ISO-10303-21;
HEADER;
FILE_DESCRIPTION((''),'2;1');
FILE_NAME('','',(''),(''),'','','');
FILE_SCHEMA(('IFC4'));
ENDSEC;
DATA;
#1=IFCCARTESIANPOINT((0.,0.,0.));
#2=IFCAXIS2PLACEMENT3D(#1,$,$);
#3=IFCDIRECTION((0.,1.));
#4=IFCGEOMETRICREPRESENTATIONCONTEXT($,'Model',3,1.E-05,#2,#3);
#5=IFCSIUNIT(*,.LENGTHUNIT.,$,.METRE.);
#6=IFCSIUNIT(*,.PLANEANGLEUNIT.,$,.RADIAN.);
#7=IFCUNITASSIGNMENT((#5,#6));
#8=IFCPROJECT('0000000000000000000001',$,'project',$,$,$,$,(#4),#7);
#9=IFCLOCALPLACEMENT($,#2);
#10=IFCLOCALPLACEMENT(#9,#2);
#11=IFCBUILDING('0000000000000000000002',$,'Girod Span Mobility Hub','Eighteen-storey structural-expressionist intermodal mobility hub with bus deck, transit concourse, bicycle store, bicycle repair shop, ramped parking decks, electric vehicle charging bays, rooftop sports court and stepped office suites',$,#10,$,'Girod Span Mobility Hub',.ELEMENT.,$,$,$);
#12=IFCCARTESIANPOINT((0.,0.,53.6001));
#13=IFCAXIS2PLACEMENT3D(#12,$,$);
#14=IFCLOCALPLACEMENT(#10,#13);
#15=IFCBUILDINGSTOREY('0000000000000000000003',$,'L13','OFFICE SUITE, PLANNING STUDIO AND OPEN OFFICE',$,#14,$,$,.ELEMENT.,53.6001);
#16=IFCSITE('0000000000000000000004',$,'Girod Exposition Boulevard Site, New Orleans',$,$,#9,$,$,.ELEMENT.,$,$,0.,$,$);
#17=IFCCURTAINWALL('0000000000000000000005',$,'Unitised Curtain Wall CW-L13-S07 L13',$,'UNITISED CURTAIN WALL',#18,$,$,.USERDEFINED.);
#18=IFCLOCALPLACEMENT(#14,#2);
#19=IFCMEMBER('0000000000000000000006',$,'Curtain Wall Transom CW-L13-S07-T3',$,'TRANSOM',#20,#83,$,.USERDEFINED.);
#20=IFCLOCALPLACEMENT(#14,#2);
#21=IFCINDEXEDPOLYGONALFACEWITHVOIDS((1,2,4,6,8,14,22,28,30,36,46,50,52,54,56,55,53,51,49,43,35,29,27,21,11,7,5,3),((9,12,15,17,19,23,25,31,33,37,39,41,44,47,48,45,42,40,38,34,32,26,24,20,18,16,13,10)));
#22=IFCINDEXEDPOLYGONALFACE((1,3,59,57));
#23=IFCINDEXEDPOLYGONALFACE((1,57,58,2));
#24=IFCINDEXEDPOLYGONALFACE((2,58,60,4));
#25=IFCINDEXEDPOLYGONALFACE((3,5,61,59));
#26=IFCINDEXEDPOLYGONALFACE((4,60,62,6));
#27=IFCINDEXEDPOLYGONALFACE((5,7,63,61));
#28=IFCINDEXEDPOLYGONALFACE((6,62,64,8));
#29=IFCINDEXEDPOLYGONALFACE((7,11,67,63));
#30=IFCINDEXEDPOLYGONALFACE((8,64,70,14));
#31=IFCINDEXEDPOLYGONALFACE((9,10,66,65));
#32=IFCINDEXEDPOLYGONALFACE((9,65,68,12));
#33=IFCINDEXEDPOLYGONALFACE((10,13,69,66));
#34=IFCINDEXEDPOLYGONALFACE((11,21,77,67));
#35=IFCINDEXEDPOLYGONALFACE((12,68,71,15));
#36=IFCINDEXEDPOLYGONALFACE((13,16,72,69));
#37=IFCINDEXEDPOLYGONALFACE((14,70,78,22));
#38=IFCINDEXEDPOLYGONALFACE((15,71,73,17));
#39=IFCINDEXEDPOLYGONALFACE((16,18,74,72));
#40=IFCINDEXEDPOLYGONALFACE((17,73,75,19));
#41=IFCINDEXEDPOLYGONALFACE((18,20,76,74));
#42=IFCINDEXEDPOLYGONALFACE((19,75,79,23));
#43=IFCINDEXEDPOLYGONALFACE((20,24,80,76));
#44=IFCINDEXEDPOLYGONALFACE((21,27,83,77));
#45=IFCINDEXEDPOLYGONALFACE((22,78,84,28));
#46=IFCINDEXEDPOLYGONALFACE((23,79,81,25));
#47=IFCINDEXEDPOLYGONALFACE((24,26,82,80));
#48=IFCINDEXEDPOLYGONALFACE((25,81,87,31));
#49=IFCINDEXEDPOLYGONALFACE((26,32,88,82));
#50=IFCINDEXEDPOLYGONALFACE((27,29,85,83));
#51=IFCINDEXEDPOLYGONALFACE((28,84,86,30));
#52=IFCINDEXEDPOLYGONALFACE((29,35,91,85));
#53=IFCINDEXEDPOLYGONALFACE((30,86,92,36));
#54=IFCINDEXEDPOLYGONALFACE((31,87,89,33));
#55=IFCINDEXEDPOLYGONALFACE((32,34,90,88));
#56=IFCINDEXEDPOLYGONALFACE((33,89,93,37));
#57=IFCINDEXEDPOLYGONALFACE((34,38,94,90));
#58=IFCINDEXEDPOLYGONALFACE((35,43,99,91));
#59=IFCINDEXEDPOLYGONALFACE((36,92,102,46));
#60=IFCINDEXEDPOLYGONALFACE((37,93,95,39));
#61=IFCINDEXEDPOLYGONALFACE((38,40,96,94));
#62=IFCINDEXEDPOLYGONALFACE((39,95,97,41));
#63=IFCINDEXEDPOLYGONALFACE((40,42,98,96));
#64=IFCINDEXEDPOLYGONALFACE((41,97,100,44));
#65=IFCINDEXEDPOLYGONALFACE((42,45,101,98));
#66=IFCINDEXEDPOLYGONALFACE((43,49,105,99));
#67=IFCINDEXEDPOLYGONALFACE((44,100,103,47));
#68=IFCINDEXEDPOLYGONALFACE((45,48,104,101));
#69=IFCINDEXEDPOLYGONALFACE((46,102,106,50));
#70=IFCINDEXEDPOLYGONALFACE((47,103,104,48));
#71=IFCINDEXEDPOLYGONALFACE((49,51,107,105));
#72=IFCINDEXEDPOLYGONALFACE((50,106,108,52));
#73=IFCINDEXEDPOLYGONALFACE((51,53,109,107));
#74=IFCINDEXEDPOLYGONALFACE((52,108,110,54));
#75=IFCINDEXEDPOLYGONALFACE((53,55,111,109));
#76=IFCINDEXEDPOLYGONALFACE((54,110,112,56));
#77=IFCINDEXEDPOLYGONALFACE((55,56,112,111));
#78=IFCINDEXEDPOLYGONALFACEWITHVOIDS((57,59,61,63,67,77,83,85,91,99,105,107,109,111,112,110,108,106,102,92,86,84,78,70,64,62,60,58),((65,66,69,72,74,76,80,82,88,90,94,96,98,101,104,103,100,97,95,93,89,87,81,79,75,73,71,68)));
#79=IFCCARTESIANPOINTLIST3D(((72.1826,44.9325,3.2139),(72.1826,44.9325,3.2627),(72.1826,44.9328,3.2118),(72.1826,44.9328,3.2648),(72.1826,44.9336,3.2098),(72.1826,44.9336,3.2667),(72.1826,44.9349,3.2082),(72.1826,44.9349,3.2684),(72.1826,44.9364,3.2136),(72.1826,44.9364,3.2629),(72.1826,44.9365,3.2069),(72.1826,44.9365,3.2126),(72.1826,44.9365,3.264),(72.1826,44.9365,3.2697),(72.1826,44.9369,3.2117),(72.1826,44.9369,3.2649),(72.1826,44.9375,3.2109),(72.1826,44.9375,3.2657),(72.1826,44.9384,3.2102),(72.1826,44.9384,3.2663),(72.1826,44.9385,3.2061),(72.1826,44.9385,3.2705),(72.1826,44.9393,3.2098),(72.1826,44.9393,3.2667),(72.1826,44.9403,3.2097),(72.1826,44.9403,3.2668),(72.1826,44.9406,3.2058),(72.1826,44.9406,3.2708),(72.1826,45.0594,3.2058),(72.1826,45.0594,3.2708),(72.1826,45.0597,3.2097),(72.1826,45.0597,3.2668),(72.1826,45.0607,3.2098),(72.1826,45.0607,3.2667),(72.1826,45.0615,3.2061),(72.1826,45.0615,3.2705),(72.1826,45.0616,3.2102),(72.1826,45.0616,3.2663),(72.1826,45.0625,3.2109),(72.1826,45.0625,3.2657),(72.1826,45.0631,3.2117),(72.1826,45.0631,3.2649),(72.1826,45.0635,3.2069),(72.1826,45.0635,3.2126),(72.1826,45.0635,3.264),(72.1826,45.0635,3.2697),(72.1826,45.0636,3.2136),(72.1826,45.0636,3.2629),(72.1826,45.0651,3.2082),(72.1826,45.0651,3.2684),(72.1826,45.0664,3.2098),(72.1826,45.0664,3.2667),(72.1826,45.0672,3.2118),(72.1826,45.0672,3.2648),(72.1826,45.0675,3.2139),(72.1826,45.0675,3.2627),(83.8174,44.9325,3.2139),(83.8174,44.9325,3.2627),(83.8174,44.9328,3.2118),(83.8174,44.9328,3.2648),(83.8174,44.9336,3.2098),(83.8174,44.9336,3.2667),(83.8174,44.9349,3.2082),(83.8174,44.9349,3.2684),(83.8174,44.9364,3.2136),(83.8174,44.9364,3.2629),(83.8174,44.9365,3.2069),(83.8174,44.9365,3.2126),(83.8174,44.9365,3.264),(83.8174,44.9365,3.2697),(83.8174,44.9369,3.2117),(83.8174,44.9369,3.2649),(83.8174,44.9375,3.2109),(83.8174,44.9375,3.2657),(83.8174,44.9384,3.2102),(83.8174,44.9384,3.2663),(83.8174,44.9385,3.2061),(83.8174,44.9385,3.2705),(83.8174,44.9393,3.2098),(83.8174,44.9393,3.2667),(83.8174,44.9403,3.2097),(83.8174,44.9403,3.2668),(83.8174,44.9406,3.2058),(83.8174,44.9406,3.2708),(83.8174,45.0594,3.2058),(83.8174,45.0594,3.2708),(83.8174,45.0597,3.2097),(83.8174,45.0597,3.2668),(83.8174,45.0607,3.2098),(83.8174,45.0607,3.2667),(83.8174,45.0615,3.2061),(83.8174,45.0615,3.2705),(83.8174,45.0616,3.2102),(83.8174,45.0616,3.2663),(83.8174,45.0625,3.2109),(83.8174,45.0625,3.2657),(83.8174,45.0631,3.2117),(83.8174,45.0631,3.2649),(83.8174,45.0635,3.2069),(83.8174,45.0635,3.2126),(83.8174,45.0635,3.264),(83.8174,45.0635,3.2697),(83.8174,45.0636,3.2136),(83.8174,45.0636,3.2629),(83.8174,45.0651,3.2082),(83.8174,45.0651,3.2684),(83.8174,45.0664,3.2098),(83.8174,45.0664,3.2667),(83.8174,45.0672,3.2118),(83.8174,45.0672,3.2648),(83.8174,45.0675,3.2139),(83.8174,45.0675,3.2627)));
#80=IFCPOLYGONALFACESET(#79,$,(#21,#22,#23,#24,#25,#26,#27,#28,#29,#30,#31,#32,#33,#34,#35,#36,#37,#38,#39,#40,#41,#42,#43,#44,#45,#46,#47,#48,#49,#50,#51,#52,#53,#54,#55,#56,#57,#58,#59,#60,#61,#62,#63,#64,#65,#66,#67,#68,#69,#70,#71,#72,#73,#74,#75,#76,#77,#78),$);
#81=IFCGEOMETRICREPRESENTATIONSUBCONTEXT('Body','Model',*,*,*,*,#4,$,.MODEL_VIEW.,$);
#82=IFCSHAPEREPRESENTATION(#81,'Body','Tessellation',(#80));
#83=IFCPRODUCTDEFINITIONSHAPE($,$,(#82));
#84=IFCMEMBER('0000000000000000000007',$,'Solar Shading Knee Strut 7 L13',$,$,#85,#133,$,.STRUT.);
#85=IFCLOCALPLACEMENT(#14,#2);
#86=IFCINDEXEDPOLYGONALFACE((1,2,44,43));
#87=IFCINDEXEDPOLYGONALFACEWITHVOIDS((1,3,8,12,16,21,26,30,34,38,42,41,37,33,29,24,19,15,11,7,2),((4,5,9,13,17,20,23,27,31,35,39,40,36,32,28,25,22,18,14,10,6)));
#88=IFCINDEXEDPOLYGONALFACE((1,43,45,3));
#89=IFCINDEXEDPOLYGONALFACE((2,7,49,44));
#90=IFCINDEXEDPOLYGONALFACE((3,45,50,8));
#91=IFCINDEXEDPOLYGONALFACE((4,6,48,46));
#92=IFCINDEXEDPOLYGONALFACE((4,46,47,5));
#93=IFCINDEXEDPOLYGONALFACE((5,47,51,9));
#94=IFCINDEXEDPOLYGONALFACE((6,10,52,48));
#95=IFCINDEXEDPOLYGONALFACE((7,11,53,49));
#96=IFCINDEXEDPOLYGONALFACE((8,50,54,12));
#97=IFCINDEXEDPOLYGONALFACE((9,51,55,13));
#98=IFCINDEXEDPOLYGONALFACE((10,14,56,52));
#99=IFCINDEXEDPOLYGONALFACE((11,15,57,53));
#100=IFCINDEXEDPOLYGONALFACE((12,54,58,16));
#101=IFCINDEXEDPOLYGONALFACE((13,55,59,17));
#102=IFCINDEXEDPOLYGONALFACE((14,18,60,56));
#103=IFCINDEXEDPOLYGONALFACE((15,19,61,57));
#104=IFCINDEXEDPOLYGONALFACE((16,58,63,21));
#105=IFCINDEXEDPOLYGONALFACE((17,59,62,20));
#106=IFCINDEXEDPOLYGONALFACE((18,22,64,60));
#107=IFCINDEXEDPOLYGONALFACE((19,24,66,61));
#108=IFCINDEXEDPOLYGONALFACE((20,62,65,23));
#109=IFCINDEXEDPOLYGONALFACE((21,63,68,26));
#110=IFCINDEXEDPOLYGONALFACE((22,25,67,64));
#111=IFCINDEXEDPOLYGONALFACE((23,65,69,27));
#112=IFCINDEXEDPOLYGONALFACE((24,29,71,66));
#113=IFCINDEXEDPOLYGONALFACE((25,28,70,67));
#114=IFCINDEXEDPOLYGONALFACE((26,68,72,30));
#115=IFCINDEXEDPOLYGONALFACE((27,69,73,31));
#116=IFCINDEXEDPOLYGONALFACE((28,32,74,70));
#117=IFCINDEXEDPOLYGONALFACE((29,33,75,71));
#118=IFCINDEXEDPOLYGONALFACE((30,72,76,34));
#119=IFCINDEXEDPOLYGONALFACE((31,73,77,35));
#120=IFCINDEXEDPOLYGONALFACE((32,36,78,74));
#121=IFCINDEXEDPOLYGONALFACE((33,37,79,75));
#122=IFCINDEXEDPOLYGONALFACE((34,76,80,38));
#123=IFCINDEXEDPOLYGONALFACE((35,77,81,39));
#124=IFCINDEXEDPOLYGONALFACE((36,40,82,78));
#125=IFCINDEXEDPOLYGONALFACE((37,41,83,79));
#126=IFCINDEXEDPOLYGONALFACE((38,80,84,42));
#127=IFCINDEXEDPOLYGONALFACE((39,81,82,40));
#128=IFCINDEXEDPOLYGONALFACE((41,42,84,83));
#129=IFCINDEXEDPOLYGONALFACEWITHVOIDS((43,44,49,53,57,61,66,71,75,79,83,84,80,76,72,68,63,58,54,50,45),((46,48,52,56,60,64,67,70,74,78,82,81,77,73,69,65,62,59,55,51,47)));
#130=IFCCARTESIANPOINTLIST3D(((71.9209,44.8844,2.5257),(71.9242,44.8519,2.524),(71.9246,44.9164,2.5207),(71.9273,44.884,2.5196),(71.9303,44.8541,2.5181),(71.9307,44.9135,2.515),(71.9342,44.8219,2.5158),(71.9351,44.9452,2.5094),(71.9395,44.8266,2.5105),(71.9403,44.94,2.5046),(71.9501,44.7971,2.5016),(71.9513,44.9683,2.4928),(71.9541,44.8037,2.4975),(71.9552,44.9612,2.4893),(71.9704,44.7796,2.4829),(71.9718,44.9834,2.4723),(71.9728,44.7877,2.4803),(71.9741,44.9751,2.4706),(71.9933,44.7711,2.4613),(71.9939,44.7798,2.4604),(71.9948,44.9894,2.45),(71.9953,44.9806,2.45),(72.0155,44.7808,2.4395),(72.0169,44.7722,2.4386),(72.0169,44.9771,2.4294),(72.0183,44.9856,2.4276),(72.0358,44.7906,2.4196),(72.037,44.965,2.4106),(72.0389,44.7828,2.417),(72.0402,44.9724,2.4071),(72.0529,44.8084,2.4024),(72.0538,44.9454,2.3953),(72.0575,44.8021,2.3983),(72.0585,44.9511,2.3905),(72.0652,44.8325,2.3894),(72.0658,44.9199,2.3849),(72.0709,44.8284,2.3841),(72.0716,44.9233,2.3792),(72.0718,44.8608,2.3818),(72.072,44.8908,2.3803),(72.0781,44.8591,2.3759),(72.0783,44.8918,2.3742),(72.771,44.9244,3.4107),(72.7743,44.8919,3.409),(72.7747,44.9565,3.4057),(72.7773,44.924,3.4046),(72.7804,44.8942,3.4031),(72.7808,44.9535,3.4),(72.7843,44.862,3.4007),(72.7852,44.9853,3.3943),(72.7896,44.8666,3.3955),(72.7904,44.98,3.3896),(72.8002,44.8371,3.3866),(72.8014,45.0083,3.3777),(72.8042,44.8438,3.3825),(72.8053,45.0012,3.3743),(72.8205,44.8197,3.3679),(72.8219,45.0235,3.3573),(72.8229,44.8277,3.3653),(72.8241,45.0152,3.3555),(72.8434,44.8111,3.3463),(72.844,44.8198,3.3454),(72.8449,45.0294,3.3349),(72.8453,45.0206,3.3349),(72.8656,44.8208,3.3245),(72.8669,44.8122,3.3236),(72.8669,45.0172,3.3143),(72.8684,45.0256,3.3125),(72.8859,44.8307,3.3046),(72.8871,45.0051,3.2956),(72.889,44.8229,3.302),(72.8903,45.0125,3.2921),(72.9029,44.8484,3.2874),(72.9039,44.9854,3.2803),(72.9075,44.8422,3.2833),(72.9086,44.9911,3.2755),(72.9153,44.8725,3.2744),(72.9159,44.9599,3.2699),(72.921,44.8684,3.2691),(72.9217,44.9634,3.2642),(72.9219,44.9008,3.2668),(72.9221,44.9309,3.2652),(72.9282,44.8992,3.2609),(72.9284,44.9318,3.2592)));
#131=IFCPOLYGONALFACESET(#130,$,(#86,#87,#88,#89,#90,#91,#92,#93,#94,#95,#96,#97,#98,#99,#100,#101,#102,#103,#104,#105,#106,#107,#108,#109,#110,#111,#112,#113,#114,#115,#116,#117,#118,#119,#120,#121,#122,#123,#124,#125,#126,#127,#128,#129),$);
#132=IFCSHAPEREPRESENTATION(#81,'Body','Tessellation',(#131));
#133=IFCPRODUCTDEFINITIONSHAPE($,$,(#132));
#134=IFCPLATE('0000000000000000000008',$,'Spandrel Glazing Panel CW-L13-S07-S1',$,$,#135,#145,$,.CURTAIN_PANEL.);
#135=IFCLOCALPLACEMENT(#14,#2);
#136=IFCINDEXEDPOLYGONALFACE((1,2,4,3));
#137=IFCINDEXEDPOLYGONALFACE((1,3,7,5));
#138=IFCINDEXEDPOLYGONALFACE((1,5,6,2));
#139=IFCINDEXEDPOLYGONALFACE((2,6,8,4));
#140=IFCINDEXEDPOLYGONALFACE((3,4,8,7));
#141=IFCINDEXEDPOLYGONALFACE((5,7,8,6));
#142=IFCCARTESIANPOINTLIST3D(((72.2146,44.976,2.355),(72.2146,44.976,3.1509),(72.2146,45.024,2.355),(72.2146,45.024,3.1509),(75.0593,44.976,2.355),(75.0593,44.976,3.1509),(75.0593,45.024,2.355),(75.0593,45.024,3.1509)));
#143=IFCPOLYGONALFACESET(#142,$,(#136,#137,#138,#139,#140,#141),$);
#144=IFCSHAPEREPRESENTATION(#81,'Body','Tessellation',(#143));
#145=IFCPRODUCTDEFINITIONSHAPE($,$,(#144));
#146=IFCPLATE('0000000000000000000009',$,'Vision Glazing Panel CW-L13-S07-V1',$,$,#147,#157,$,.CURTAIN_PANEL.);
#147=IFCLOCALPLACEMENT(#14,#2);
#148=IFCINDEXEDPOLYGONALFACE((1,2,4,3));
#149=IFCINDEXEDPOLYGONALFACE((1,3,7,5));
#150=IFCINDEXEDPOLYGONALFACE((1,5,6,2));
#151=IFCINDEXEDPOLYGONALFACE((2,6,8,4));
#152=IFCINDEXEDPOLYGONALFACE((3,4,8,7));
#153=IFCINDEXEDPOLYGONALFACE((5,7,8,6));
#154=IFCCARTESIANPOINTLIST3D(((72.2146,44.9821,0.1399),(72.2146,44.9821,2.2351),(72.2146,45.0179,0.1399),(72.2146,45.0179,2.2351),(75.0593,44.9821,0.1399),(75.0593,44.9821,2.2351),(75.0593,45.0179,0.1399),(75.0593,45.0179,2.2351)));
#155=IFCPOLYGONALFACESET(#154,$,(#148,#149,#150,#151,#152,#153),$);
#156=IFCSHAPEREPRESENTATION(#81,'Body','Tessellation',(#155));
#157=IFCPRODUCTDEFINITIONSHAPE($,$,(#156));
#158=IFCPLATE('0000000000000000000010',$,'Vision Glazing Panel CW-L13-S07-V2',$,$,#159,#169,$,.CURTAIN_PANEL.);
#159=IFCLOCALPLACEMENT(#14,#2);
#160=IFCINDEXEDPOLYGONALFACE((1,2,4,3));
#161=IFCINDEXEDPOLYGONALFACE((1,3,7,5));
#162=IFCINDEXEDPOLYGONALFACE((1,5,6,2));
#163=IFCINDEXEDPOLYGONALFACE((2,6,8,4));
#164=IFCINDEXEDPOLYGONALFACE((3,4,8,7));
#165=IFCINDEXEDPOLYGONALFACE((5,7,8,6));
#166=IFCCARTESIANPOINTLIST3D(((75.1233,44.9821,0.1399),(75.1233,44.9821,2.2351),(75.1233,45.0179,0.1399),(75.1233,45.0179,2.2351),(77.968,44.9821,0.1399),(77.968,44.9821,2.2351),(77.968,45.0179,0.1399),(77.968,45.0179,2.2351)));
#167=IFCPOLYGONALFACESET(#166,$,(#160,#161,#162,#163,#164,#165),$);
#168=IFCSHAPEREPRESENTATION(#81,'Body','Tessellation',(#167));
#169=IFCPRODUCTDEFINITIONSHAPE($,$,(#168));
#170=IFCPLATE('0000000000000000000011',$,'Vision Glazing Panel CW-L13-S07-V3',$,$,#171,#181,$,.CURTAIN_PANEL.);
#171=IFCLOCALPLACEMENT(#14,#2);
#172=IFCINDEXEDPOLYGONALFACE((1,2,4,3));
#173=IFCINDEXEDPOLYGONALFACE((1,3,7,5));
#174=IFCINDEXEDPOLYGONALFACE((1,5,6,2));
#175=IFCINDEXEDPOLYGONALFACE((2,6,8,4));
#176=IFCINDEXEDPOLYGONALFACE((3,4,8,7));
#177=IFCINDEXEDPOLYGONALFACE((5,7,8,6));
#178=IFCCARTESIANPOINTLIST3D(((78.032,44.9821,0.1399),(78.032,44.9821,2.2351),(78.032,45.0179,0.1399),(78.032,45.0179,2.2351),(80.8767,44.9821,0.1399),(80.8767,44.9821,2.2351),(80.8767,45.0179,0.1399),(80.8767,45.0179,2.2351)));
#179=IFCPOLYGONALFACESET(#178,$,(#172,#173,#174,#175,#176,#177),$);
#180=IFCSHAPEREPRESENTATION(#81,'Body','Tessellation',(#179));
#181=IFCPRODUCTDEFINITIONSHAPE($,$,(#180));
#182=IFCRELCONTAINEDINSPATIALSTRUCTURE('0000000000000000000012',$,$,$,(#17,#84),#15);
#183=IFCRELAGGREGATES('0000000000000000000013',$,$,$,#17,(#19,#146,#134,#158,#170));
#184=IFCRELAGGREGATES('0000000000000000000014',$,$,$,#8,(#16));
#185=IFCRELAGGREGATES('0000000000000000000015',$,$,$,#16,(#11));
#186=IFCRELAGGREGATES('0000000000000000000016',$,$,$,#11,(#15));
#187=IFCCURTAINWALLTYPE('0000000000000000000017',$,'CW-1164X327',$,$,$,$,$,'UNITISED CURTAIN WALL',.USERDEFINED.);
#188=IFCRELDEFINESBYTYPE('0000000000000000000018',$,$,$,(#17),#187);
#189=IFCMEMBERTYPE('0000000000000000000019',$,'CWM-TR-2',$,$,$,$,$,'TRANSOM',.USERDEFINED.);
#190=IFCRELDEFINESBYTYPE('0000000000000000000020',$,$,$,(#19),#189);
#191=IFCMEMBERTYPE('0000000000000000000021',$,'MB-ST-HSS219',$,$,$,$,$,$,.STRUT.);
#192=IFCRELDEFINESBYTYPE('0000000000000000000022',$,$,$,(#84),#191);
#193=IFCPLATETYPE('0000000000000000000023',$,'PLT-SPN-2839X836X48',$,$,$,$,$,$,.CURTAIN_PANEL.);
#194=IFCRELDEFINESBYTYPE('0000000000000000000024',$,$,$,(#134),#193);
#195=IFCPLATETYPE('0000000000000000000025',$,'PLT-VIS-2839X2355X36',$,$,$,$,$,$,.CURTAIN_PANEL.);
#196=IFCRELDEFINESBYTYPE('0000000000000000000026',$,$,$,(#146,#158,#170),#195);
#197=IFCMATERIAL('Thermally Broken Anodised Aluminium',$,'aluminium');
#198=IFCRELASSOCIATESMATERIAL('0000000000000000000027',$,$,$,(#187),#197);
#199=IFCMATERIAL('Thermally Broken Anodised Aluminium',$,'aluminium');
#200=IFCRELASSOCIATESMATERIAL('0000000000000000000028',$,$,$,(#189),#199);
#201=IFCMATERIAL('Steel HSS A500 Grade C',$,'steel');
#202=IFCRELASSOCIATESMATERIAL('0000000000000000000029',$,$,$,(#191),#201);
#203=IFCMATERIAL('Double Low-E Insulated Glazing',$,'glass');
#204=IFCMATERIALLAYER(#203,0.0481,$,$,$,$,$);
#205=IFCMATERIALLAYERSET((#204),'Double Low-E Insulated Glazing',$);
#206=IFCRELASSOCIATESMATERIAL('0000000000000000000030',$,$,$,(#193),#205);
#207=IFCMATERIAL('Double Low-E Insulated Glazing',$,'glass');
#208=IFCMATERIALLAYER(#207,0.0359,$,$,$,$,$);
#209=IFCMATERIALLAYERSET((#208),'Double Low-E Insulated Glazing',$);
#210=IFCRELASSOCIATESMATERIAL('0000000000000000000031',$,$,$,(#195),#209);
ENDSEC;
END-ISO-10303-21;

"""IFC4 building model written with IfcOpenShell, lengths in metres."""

from ifc_helpers import new_model, si_unit, direction, frame, origin, origin_2d, place, context, subcontext, project, spatial, rectangle, hollow_rectangle, hollow_circle, extrude, material, layer, layer_set, material_profile, profile_set, type_object, element, aggregate, save


model = new_model("IFC4")

# Units and contexts
model_context = context("Model", 3, precision=1e-05, world=origin(), true_north=direction((0.0, 1.0)))
body_context = subcontext(model_context, "Body", "Model", "MODEL_VIEW")
ifc_project = project(units=[si_unit("LENGTHUNIT", "METRE"), si_unit("PLANEANGLEUNIT", "RADIAN")], contexts=[model_context])

# Site, building, storey
site_placement = place(None, origin())
site = spatial("IfcSite", under=ifc_project, at=site_placement, Name="Girod Exposition Boulevard Site, New Orleans", CompositionType="ELEMENT", RefElevation=0.0)
building_placement = place(site_placement, origin())
building = spatial("IfcBuilding", under=site, at=building_placement, Name="Girod Span Mobility Hub", Description="Eighteen-storey structural-expressionist intermodal mobility hub with bus deck, transit concourse, bicycle store, bicycle repair shop, ramped parking decks, electric vehicle charging bays, rooftop sports court and stepped office suites", LongName="Girod Span Mobility Hub", CompositionType="ELEMENT")
storey_placement = place(building_placement, frame((0.0, 0.0, 53.6001)))
storey = spatial("IfcBuildingStorey", under=building, at=storey_placement, Name="L13", Description="OFFICE SUITE, PLANNING STUDIO AND OPEN OFFICE", CompositionType="ELEMENT", Elevation=53.6001)

# Curtain wall, member
ifc_material_1 = material(Name="Thermally Broken Anodised Aluminium", Category="aluminium")
curtain_wall_type = type_object("IfcCurtainWallType", Name="CW-1164X327", ElementType="UNITISED CURTAIN WALL", PredefinedType="USERDEFINED", material=ifc_material_1)
curtain_wall_placement = place(storey_placement, origin())
curtain_wall = element("IfcCurtainWall", 1, at=curtain_wall_placement, inside=storey, type_object=curtain_wall_type, Name="Unitised Curtain Wall CW-L13-S07 L13", ObjectType="UNITISED CURTAIN WALL", PredefinedType="USERDEFINED")
ifc_material_2 = material(Name="Thermally Broken Anodised Aluminium", Category="aluminium")
ifc_material_profile_1 = material_profile(ifc_material_2, hollow_rectangle(XDim=0.135, YDim=0.0649, WallThickness=0.0039, InnerFilletRadius=0.0039, OuterFilletRadius=0.0081, at=origin_2d()), Name="CW-TR-65X135")
ifc_profile_set_1 = profile_set([ifc_material_profile_1], Name="Thermally Broken Anodised Aluminium")
member_type_1 = type_object("IfcMemberType", Name="CWM-TR-2", ElementType="TRANSOM", PredefinedType="USERDEFINED", material=ifc_profile_set_1)
member_1_placement = place(storey_placement, frame((72.1826, 45.0, 3.2383), z_axis=(1.0, 0.0, 0.0), x_axis=(0.0, 1.0, 0.0)))
member_1 = element("IfcMember", 2, at=member_1_placement, type_object=member_type_1, Name="Curtain Wall Transom CW-L13-S07-T3", ObjectType="TRANSOM", PredefinedType="USERDEFINED", context=body_context, shape_type="SweptSolid", body=[
    extrude(hollow_rectangle(XDim=0.135, YDim=0.0649, WallThickness=0.0039, InnerFilletRadius=0.0039, OuterFilletRadius=0.0081, at=origin_2d()), origin(), (0.0, 0.0, 1.0), 11.6348),
])

# Member
ifc_material_3 = material(Name="Steel HSS A500 Grade C", Category="steel")
ifc_material_profile_2 = material_profile(ifc_material_3, hollow_circle(Radius=0.1096, WallThickness=0.0088, at=origin_2d()), Name="HSS219X9.5")
ifc_profile_set_2 = profile_set([ifc_material_profile_2], Name="Steel HSS A500 Grade C")
member_type_2 = type_object("IfcMemberType", Name="MB-ST-HSS219", PredefinedType="STRUT", material=ifc_profile_set_2)
member_2_placement = place(storey_placement, frame((72.0, 44.8799, 2.45), z_axis=(0.69237, 0.03261, 0.720805), x_axis=(-0.047047, 0.998893, 0.0)))
element("IfcMember", 3, at=member_2_placement, inside=storey, type_object=member_type_2, Name="Solar Shading Knee Strut 7 L13", PredefinedType="STRUT", context=body_context, shape_type="SweptSolid", body=[
    extrude(hollow_circle(Radius=0.1096, WallThickness=0.0088, at=origin_2d()), origin(), (0.0, 0.0, 1.0), 1.2278),
])

# Plates
ifc_material_4 = material(Name="Double Low-E Insulated Glazing", Category="glass")
ifc_layer_1 = layer(ifc_material_4, 0.0481)
ifc_layer_set_1 = layer_set([ifc_layer_1], Name="Double Low-E Insulated Glazing")
plate_type_1 = type_object("IfcPlateType", Name="PLT-SPN-2839X836X48", PredefinedType="CURTAIN_PANEL", material=ifc_layer_set_1)
plate_1_placement = place(storey_placement, frame((73.637, 45.0, 2.355), z_axis=(0.0, 0.0, 1.0), x_axis=(1.0, 0.0, 0.0)))
plate_1 = element("IfcPlate", 4, at=plate_1_placement, type_object=plate_type_1, Name="Spandrel Glazing Panel CW-L13-S07-S1", PredefinedType="CURTAIN_PANEL", context=body_context, shape_type="SweptSolid", body=[
    extrude(rectangle(XDim=2.8447, YDim=0.0481, at=origin_2d()), origin(), (0.0, 0.0, 1.0), 0.7959),
])
ifc_material_5 = material(Name="Double Low-E Insulated Glazing", Category="glass")
ifc_layer_2 = layer(ifc_material_5, 0.0359)
ifc_layer_set_2 = layer_set([ifc_layer_2], Name="Double Low-E Insulated Glazing")
plate_type_2 = type_object("IfcPlateType", Name="PLT-VIS-2839X2355X36", PredefinedType="CURTAIN_PANEL", material=ifc_layer_set_2)
plate_2_placement = place(storey_placement, frame((73.637, 45.0, 0.1399), z_axis=(0.0, 0.0, 1.0), x_axis=(1.0, 0.0, 0.0)))
plate_2 = element("IfcPlate", 5, at=plate_2_placement, type_object=plate_type_2, Name="Vision Glazing Panel CW-L13-S07-V1", PredefinedType="CURTAIN_PANEL", context=body_context, shape_type="SweptSolid", body=[
    extrude(rectangle(XDim=2.8447, YDim=0.0359, at=origin_2d()), origin(), (0.0, 0.0, 1.0), 2.0952),
])
plate_3_placement = place(storey_placement, frame((76.5457, 45.0, 0.1399), z_axis=(0.0, 0.0, 1.0), x_axis=(1.0, 0.0, 0.0)))
plate_3 = element("IfcPlate", 6, at=plate_3_placement, type_object=plate_type_2, Name="Vision Glazing Panel CW-L13-S07-V2", PredefinedType="CURTAIN_PANEL", context=body_context, shape_type="SweptSolid", body=[
    extrude(rectangle(XDim=2.8447, YDim=0.0359, at=origin_2d()), origin(), (0.0, 0.0, 1.0), 2.0952),
])
plate_4_placement = place(storey_placement, frame((79.4543, 45.0, 0.1399), z_axis=(0.0, 0.0, 1.0), x_axis=(1.0, 0.0, 0.0)))
plate_4 = element("IfcPlate", 7, at=plate_4_placement, type_object=plate_type_2, Name="Vision Glazing Panel CW-L13-S07-V3", PredefinedType="CURTAIN_PANEL", context=body_context, shape_type="SweptSolid", body=[
    extrude(rectangle(XDim=2.8447, YDim=0.0359, at=origin_2d()), origin(), (0.0, 0.0, 1.0), 2.0952),
])
aggregate(curtain_wall, [member_1, plate_2, plate_1, plate_3, plate_4])

save(model, "model.ifc")
